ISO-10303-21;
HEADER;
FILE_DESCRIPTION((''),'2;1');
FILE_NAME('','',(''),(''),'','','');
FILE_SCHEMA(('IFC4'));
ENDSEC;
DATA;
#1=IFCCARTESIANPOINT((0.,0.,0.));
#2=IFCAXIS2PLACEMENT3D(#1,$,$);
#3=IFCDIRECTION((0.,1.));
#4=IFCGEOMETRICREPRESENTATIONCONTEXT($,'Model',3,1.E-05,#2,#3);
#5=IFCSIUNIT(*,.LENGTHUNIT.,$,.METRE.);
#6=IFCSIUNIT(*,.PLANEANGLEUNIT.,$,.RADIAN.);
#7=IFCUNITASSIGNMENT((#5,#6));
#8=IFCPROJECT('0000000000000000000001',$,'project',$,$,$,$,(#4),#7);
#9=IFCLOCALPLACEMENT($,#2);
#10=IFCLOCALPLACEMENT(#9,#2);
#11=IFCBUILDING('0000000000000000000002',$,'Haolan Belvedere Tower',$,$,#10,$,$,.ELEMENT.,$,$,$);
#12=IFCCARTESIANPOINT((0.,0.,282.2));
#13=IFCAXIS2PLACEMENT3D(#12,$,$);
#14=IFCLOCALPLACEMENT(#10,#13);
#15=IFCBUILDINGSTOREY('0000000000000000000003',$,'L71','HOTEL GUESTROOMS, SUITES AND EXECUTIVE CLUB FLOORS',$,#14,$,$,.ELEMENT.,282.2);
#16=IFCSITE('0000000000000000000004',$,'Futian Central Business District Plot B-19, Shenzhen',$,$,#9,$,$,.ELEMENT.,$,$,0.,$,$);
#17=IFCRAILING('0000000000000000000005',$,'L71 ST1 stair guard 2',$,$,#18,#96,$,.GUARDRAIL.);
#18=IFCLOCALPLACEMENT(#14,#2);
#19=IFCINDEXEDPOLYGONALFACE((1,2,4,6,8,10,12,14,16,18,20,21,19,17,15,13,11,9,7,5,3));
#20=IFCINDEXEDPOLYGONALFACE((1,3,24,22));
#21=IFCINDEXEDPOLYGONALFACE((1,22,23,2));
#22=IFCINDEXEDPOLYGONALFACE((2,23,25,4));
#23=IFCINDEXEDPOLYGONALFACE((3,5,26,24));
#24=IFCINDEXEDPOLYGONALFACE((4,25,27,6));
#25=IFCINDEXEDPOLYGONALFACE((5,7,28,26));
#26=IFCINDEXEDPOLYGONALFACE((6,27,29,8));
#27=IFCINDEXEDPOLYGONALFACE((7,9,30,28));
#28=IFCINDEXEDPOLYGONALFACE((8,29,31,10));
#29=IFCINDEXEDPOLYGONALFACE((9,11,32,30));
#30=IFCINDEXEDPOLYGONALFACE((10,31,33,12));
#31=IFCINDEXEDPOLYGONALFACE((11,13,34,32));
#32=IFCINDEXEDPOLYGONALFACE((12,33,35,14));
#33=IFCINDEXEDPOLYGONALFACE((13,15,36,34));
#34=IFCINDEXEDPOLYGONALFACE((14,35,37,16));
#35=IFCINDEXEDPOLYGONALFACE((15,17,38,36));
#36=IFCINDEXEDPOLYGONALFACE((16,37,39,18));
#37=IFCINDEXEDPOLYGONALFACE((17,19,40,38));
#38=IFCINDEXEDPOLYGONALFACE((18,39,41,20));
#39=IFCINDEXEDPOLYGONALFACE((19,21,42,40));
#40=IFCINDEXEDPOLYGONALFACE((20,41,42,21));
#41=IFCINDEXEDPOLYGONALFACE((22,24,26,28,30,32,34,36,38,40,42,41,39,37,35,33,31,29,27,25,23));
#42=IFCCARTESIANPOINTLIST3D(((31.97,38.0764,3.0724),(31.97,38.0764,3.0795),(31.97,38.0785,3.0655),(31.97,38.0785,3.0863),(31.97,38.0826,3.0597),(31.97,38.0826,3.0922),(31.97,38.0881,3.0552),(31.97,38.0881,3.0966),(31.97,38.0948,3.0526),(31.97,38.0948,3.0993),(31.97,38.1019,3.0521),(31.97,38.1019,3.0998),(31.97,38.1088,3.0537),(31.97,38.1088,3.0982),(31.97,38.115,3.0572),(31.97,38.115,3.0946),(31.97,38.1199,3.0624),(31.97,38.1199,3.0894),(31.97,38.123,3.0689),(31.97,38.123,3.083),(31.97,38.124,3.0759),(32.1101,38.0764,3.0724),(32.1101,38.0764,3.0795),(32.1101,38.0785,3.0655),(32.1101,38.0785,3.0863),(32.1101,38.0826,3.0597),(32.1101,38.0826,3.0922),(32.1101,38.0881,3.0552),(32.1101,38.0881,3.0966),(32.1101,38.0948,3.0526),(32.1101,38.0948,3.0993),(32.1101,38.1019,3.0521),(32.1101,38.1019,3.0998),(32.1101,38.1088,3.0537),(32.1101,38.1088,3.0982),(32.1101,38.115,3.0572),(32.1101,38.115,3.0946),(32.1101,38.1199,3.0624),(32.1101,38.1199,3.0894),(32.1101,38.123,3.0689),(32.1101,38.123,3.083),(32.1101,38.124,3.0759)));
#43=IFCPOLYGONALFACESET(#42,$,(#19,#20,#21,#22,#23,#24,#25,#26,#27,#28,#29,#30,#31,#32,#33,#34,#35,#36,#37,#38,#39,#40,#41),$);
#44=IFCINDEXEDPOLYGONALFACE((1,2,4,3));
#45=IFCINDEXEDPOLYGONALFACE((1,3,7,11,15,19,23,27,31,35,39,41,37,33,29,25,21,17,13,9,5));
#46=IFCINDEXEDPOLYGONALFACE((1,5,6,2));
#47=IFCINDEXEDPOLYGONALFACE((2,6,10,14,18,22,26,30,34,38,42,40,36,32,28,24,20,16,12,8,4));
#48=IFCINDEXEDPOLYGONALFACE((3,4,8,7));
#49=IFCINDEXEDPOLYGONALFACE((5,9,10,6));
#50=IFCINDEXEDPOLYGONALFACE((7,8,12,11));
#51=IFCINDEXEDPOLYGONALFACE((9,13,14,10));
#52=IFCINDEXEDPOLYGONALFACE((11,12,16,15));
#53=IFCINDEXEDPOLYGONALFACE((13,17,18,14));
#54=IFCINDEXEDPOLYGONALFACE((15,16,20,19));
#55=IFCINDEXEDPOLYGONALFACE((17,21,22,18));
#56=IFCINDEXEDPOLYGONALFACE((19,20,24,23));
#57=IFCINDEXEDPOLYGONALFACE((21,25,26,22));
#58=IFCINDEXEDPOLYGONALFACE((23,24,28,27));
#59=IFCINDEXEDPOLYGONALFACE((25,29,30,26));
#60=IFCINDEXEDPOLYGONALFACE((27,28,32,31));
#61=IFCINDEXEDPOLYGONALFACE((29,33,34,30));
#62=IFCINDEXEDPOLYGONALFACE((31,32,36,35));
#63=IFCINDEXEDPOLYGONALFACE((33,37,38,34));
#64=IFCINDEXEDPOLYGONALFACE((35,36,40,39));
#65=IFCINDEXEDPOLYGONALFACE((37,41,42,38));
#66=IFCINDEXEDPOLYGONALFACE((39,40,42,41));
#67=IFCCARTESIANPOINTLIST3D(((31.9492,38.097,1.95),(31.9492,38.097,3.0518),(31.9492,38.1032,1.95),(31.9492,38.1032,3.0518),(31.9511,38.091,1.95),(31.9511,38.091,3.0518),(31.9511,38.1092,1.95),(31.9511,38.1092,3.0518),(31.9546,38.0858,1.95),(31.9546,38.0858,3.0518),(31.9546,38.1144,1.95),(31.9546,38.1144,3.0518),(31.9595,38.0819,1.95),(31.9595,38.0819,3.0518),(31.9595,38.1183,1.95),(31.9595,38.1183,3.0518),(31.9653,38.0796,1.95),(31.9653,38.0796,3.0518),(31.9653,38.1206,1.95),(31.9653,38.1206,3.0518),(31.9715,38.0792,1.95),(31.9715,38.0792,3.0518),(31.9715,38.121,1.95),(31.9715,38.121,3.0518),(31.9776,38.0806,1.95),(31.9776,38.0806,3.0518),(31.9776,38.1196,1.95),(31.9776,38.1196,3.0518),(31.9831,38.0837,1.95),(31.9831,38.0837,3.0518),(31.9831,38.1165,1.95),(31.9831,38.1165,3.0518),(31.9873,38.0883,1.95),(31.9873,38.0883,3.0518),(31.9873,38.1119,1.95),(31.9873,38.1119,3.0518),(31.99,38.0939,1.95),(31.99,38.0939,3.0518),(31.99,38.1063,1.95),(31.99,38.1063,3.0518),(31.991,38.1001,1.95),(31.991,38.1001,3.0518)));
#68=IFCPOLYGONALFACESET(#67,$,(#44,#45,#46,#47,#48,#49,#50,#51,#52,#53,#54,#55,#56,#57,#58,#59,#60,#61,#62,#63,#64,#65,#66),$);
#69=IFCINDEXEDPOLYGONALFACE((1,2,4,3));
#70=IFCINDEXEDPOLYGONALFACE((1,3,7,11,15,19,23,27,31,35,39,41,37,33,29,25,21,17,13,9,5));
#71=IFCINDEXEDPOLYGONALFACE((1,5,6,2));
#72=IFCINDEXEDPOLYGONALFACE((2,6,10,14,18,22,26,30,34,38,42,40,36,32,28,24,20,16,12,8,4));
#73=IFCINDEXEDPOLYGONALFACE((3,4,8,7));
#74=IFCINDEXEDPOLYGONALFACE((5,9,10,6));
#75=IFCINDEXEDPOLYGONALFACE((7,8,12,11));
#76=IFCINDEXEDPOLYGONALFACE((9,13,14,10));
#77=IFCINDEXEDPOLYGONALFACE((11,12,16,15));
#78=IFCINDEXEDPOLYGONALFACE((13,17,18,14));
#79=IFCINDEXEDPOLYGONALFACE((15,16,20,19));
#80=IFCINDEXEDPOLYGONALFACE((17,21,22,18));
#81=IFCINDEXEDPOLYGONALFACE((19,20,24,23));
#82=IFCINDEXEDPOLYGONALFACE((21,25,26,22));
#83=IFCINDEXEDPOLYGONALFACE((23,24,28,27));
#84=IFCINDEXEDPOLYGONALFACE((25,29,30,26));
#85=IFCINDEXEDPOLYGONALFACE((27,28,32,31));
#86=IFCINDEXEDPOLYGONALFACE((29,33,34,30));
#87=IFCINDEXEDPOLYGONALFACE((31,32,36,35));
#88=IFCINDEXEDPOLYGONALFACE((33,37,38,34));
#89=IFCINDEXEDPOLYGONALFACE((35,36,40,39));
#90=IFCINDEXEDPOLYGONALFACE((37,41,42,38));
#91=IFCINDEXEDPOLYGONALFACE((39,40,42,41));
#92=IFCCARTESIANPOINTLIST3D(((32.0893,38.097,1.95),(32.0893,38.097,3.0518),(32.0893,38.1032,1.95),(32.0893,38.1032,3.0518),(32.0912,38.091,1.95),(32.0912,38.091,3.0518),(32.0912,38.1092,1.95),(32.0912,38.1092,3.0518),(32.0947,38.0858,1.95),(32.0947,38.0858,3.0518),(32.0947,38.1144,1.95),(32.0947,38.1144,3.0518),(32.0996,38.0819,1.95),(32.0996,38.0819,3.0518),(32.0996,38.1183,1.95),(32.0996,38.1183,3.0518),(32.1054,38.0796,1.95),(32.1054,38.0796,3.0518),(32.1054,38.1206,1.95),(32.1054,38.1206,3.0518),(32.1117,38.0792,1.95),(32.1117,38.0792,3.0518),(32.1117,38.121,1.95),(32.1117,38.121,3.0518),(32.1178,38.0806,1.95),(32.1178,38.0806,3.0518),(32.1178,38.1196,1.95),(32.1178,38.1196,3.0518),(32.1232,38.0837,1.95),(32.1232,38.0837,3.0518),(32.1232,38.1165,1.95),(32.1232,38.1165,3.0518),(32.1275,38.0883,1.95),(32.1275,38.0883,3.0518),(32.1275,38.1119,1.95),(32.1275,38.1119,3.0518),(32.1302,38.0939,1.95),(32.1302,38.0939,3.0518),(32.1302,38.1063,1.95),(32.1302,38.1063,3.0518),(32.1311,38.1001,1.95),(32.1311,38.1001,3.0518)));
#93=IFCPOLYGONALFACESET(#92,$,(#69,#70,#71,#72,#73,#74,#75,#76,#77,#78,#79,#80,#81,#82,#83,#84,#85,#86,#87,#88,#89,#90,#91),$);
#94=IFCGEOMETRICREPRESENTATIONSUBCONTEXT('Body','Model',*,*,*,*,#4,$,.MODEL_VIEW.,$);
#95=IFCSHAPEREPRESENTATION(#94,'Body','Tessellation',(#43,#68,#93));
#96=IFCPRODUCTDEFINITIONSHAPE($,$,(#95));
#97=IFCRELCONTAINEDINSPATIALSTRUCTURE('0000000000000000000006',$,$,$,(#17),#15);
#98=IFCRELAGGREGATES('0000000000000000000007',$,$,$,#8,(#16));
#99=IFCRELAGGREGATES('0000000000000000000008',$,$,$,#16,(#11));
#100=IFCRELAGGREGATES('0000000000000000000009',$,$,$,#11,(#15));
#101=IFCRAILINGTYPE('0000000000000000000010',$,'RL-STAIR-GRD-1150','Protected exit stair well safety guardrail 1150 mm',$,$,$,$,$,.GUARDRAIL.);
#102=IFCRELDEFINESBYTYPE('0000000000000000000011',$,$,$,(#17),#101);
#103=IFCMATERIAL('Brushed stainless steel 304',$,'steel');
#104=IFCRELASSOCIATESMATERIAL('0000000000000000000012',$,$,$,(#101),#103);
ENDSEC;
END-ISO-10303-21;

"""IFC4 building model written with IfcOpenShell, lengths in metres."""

from ifc_helpers import new_model, si_unit, direction, frame, origin, origin_2d, place, context, subcontext, project, spatial, circle, extrude, material, type_object, element, save


model = new_model("IFC4")

# Units and contexts
model_context = context("Model", 3, precision=1e-05, world=origin(), true_north=direction((0.0, 1.0)))
body_context = subcontext(model_context, "Body", "Model", "MODEL_VIEW")
ifc_project = project(units=[si_unit("LENGTHUNIT", "METRE"), si_unit("PLANEANGLEUNIT", "RADIAN")], contexts=[model_context])

# Site, building, storey
site_placement = place(None, origin())
site = spatial("IfcSite", under=ifc_project, at=site_placement, Name="Futian Central Business District Plot B-19, Shenzhen", CompositionType="ELEMENT", RefElevation=0.0)
building_placement = place(site_placement, origin())
building = spatial("IfcBuilding", under=site, at=building_placement, Name="Haolan Belvedere Tower", CompositionType="ELEMENT")
storey_placement = place(building_placement, frame((0.0, 0.0, 282.2)))
storey = spatial("IfcBuildingStorey", under=building, at=storey_placement, Name="L71", Description="HOTEL GUESTROOMS, SUITES AND EXECUTIVE CLUB FLOORS", CompositionType="ELEMENT", Elevation=282.2)

# Railing
ifc_material_1 = material(Name="Brushed stainless steel 304", Category="steel")
railing_type_1 = type_object("IfcRailingType", Name="RL-STAIR-GRD-1150", Description="Protected exit stair well safety guardrail 1150 mm", PredefinedType="GUARDRAIL", material=ifc_material_1)
railing_1_placement = place(storey_placement, frame((31.97, 38.1001, 1.95)))
element("IfcRailing", 1, at=railing_1_placement, inside=storey, type_object=railing_type_1, Name="L71 ST1 stair guard 2", PredefinedType="GUARDRAIL", context=body_context, shape_type="SweptSolid", body=[
    extrude(circle(Radius=0.0239, at=origin_2d()), frame((0.0, 0.0, 1.126), z_axis=(1.0, 0.0, 0.0), x_axis=(0.0, 1.0, 0.0)), (0.0, 0.0, 1.0), 0.1401),
    extrude(circle(Radius=0.021, at=origin_2d()), origin(), (0.0, 0.0, 1.0), 1.1018),
    extrude(circle(Radius=0.021, at=origin_2d()), frame((0.1401, 0.0, 0.0)), (0.0, 0.0, 1.0), 1.1018),
])

save(model, "model.ifc")
